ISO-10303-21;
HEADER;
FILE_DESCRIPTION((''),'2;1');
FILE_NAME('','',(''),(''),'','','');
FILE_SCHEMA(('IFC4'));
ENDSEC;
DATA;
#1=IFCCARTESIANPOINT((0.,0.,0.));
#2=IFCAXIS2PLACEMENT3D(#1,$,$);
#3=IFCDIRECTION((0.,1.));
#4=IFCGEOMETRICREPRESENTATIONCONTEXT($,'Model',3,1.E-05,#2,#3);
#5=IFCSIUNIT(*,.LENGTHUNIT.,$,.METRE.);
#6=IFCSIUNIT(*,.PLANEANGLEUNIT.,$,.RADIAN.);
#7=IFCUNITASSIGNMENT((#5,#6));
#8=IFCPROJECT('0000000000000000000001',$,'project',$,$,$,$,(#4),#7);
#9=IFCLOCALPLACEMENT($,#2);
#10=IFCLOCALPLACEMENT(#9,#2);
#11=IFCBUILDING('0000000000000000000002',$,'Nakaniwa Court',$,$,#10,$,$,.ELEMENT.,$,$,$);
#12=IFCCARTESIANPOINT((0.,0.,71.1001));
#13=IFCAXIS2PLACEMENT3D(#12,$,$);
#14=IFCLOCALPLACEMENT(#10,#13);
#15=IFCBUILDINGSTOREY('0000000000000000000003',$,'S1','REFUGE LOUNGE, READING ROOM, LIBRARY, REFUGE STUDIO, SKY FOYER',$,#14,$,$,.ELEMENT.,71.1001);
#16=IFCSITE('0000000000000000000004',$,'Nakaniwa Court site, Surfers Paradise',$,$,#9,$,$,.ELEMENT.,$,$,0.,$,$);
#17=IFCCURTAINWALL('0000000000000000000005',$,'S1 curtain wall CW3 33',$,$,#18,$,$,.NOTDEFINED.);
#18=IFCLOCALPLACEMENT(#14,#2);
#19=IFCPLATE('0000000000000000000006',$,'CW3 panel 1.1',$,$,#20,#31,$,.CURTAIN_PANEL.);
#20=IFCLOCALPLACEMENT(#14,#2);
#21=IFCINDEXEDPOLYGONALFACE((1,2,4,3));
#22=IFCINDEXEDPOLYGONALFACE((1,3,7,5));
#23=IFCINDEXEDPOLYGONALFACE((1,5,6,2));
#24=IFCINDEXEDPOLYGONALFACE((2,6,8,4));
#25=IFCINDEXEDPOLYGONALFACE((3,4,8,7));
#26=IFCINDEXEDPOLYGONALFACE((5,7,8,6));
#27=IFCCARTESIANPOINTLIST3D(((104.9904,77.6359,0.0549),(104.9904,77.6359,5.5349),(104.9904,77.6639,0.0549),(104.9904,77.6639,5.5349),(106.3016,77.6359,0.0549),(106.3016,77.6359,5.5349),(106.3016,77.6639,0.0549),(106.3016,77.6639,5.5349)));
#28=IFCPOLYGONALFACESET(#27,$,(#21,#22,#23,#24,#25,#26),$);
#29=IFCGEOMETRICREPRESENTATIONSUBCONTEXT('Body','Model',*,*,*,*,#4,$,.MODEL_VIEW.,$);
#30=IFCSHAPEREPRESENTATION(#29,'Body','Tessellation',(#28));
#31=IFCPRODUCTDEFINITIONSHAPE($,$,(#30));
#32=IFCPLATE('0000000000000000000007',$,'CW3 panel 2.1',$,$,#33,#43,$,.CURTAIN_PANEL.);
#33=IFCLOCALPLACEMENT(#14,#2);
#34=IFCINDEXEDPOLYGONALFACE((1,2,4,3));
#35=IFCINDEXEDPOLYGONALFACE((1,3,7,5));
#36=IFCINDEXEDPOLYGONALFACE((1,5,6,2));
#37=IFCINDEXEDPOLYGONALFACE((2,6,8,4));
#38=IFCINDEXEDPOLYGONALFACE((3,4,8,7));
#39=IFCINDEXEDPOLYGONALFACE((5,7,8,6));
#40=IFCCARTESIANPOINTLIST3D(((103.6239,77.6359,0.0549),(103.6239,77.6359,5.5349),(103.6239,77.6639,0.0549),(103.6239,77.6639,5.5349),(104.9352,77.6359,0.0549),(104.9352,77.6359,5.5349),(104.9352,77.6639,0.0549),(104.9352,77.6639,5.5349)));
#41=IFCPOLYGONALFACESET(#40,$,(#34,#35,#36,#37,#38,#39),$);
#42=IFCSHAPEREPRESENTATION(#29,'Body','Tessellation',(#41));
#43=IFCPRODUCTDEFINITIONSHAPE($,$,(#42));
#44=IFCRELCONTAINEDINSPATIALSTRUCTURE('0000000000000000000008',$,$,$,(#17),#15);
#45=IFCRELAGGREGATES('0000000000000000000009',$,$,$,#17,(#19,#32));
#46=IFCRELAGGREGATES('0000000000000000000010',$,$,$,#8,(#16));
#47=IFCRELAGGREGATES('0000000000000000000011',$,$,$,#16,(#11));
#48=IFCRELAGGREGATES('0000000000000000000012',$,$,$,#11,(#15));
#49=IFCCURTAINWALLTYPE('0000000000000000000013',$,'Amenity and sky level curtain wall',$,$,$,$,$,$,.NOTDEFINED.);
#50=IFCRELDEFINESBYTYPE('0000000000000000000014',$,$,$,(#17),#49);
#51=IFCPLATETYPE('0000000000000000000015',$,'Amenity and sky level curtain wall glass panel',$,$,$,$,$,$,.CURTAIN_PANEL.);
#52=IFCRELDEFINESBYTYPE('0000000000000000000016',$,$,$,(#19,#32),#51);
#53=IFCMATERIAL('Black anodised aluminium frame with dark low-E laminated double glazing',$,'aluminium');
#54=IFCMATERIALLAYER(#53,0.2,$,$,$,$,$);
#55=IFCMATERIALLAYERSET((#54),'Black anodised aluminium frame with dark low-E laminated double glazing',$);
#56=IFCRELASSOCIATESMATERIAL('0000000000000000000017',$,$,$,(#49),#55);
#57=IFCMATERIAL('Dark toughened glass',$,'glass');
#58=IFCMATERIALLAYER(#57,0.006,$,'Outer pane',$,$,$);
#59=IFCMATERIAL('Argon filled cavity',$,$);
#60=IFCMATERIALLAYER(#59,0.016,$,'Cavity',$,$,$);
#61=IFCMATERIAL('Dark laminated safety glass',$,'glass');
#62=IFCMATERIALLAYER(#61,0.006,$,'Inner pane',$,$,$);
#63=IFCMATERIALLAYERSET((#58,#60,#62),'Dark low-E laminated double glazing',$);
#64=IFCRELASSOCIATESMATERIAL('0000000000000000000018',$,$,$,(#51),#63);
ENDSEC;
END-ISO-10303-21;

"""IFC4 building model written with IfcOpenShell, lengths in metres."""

from ifc_helpers import new_model, si_unit, direction, frame, origin, origin_2d, place, context, subcontext, project, spatial, rectangle, extrude, material, layer, layer_set, type_object, element, aggregate, save


model = new_model("IFC4")

# Units and contexts
model_context = context("Model", 3, precision=1e-05, world=origin(), true_north=direction((0.0, 1.0)))
body_context = subcontext(model_context, "Body", "Model", "MODEL_VIEW")
ifc_project = project(units=[si_unit("LENGTHUNIT", "METRE"), si_unit("PLANEANGLEUNIT", "RADIAN")], contexts=[model_context])

# Site, building, storey
site_placement = place(None, origin())
site = spatial("IfcSite", under=ifc_project, at=site_placement, Name="Nakaniwa Court site, Surfers Paradise", CompositionType="ELEMENT", RefElevation=0.0)
building_placement = place(site_placement, origin())
building = spatial("IfcBuilding", under=site, at=building_placement, Name="Nakaniwa Court", CompositionType="ELEMENT")
storey_placement = place(building_placement, frame((0.0, 0.0, 71.1001)))
storey = spatial("IfcBuildingStorey", under=building, at=storey_placement, Name="S1", Description="REFUGE LOUNGE, READING ROOM, LIBRARY, REFUGE STUDIO, SKY FOYER", CompositionType="ELEMENT", Elevation=71.1001)

# Curtain wall
ifc_material_1 = material(Name="Black anodised aluminium frame with dark low-E laminated double glazing", Category="aluminium")
ifc_layer_1 = layer(ifc_material_1, 0.2)
ifc_layer_set_1 = layer_set([ifc_layer_1], Name="Black anodised aluminium frame with dark low-E laminated double glazing")
curtain_wall_type = type_object("IfcCurtainWallType", Name="Amenity and sky level curtain wall", PredefinedType="NOTDEFINED", material=ifc_layer_set_1)
curtain_wall_placement = place(storey_placement, origin())
curtain_wall = element("IfcCurtainWall", 1, at=curtain_wall_placement, inside=storey, type_object=curtain_wall_type, Name="S1 curtain wall CW3 33", PredefinedType="NOTDEFINED")

# Plates
ifc_material_2 = material(Name="Dark toughened glass", Category="glass")
ifc_layer_2 = layer(ifc_material_2, 0.006, Name="Outer pane")
ifc_material_3 = material(Name="Argon filled cavity")
ifc_layer_3 = layer(ifc_material_3, 0.016, Name="Cavity")
ifc_material_4 = material(Name="Dark laminated safety glass", Category="glass")
ifc_layer_4 = layer(ifc_material_4, 0.006, Name="Inner pane")
ifc_layer_set_2 = layer_set([ifc_layer_2, ifc_layer_3, ifc_layer_4], Name="Dark low-E laminated double glazing")
plate_type = type_object("IfcPlateType", Name="Amenity and sky level curtain wall glass panel", PredefinedType="CURTAIN_PANEL", material=ifc_layer_set_2)
plate_1_placement = place(storey_placement, frame((105.646, 77.6499, 0.0549), z_axis=(0.0, 0.0, 1.0), x_axis=(-1.0, 0.0, 0.0)))
plate_1 = element("IfcPlate", 2, at=plate_1_placement, type_object=plate_type, Name="CW3 panel 1.1", PredefinedType="CURTAIN_PANEL", context=body_context, shape_type="SweptSolid", body=[
    extrude(rectangle(XDim=1.3113, YDim=0.0281, at=origin_2d()), origin(), (0.0, 0.0, 1.0), 5.48),
])
plate_2_placement = place(storey_placement, frame((104.2795, 77.6499, 0.0549), z_axis=(0.0, 0.0, 1.0), x_axis=(-1.0, 0.0, 0.0)))
plate_2 = element("IfcPlate", 3, at=plate_2_placement, type_object=plate_type, Name="CW3 panel 2.1", PredefinedType="CURTAIN_PANEL", context=body_context, shape_type="SweptSolid", body=[
    extrude(rectangle(XDim=1.3113, YDim=0.0281, at=origin_2d()), origin(), (0.0, 0.0, 1.0), 5.48),
])
aggregate(curtain_wall, [plate_1, plate_2])

save(model, "model.ifc")
